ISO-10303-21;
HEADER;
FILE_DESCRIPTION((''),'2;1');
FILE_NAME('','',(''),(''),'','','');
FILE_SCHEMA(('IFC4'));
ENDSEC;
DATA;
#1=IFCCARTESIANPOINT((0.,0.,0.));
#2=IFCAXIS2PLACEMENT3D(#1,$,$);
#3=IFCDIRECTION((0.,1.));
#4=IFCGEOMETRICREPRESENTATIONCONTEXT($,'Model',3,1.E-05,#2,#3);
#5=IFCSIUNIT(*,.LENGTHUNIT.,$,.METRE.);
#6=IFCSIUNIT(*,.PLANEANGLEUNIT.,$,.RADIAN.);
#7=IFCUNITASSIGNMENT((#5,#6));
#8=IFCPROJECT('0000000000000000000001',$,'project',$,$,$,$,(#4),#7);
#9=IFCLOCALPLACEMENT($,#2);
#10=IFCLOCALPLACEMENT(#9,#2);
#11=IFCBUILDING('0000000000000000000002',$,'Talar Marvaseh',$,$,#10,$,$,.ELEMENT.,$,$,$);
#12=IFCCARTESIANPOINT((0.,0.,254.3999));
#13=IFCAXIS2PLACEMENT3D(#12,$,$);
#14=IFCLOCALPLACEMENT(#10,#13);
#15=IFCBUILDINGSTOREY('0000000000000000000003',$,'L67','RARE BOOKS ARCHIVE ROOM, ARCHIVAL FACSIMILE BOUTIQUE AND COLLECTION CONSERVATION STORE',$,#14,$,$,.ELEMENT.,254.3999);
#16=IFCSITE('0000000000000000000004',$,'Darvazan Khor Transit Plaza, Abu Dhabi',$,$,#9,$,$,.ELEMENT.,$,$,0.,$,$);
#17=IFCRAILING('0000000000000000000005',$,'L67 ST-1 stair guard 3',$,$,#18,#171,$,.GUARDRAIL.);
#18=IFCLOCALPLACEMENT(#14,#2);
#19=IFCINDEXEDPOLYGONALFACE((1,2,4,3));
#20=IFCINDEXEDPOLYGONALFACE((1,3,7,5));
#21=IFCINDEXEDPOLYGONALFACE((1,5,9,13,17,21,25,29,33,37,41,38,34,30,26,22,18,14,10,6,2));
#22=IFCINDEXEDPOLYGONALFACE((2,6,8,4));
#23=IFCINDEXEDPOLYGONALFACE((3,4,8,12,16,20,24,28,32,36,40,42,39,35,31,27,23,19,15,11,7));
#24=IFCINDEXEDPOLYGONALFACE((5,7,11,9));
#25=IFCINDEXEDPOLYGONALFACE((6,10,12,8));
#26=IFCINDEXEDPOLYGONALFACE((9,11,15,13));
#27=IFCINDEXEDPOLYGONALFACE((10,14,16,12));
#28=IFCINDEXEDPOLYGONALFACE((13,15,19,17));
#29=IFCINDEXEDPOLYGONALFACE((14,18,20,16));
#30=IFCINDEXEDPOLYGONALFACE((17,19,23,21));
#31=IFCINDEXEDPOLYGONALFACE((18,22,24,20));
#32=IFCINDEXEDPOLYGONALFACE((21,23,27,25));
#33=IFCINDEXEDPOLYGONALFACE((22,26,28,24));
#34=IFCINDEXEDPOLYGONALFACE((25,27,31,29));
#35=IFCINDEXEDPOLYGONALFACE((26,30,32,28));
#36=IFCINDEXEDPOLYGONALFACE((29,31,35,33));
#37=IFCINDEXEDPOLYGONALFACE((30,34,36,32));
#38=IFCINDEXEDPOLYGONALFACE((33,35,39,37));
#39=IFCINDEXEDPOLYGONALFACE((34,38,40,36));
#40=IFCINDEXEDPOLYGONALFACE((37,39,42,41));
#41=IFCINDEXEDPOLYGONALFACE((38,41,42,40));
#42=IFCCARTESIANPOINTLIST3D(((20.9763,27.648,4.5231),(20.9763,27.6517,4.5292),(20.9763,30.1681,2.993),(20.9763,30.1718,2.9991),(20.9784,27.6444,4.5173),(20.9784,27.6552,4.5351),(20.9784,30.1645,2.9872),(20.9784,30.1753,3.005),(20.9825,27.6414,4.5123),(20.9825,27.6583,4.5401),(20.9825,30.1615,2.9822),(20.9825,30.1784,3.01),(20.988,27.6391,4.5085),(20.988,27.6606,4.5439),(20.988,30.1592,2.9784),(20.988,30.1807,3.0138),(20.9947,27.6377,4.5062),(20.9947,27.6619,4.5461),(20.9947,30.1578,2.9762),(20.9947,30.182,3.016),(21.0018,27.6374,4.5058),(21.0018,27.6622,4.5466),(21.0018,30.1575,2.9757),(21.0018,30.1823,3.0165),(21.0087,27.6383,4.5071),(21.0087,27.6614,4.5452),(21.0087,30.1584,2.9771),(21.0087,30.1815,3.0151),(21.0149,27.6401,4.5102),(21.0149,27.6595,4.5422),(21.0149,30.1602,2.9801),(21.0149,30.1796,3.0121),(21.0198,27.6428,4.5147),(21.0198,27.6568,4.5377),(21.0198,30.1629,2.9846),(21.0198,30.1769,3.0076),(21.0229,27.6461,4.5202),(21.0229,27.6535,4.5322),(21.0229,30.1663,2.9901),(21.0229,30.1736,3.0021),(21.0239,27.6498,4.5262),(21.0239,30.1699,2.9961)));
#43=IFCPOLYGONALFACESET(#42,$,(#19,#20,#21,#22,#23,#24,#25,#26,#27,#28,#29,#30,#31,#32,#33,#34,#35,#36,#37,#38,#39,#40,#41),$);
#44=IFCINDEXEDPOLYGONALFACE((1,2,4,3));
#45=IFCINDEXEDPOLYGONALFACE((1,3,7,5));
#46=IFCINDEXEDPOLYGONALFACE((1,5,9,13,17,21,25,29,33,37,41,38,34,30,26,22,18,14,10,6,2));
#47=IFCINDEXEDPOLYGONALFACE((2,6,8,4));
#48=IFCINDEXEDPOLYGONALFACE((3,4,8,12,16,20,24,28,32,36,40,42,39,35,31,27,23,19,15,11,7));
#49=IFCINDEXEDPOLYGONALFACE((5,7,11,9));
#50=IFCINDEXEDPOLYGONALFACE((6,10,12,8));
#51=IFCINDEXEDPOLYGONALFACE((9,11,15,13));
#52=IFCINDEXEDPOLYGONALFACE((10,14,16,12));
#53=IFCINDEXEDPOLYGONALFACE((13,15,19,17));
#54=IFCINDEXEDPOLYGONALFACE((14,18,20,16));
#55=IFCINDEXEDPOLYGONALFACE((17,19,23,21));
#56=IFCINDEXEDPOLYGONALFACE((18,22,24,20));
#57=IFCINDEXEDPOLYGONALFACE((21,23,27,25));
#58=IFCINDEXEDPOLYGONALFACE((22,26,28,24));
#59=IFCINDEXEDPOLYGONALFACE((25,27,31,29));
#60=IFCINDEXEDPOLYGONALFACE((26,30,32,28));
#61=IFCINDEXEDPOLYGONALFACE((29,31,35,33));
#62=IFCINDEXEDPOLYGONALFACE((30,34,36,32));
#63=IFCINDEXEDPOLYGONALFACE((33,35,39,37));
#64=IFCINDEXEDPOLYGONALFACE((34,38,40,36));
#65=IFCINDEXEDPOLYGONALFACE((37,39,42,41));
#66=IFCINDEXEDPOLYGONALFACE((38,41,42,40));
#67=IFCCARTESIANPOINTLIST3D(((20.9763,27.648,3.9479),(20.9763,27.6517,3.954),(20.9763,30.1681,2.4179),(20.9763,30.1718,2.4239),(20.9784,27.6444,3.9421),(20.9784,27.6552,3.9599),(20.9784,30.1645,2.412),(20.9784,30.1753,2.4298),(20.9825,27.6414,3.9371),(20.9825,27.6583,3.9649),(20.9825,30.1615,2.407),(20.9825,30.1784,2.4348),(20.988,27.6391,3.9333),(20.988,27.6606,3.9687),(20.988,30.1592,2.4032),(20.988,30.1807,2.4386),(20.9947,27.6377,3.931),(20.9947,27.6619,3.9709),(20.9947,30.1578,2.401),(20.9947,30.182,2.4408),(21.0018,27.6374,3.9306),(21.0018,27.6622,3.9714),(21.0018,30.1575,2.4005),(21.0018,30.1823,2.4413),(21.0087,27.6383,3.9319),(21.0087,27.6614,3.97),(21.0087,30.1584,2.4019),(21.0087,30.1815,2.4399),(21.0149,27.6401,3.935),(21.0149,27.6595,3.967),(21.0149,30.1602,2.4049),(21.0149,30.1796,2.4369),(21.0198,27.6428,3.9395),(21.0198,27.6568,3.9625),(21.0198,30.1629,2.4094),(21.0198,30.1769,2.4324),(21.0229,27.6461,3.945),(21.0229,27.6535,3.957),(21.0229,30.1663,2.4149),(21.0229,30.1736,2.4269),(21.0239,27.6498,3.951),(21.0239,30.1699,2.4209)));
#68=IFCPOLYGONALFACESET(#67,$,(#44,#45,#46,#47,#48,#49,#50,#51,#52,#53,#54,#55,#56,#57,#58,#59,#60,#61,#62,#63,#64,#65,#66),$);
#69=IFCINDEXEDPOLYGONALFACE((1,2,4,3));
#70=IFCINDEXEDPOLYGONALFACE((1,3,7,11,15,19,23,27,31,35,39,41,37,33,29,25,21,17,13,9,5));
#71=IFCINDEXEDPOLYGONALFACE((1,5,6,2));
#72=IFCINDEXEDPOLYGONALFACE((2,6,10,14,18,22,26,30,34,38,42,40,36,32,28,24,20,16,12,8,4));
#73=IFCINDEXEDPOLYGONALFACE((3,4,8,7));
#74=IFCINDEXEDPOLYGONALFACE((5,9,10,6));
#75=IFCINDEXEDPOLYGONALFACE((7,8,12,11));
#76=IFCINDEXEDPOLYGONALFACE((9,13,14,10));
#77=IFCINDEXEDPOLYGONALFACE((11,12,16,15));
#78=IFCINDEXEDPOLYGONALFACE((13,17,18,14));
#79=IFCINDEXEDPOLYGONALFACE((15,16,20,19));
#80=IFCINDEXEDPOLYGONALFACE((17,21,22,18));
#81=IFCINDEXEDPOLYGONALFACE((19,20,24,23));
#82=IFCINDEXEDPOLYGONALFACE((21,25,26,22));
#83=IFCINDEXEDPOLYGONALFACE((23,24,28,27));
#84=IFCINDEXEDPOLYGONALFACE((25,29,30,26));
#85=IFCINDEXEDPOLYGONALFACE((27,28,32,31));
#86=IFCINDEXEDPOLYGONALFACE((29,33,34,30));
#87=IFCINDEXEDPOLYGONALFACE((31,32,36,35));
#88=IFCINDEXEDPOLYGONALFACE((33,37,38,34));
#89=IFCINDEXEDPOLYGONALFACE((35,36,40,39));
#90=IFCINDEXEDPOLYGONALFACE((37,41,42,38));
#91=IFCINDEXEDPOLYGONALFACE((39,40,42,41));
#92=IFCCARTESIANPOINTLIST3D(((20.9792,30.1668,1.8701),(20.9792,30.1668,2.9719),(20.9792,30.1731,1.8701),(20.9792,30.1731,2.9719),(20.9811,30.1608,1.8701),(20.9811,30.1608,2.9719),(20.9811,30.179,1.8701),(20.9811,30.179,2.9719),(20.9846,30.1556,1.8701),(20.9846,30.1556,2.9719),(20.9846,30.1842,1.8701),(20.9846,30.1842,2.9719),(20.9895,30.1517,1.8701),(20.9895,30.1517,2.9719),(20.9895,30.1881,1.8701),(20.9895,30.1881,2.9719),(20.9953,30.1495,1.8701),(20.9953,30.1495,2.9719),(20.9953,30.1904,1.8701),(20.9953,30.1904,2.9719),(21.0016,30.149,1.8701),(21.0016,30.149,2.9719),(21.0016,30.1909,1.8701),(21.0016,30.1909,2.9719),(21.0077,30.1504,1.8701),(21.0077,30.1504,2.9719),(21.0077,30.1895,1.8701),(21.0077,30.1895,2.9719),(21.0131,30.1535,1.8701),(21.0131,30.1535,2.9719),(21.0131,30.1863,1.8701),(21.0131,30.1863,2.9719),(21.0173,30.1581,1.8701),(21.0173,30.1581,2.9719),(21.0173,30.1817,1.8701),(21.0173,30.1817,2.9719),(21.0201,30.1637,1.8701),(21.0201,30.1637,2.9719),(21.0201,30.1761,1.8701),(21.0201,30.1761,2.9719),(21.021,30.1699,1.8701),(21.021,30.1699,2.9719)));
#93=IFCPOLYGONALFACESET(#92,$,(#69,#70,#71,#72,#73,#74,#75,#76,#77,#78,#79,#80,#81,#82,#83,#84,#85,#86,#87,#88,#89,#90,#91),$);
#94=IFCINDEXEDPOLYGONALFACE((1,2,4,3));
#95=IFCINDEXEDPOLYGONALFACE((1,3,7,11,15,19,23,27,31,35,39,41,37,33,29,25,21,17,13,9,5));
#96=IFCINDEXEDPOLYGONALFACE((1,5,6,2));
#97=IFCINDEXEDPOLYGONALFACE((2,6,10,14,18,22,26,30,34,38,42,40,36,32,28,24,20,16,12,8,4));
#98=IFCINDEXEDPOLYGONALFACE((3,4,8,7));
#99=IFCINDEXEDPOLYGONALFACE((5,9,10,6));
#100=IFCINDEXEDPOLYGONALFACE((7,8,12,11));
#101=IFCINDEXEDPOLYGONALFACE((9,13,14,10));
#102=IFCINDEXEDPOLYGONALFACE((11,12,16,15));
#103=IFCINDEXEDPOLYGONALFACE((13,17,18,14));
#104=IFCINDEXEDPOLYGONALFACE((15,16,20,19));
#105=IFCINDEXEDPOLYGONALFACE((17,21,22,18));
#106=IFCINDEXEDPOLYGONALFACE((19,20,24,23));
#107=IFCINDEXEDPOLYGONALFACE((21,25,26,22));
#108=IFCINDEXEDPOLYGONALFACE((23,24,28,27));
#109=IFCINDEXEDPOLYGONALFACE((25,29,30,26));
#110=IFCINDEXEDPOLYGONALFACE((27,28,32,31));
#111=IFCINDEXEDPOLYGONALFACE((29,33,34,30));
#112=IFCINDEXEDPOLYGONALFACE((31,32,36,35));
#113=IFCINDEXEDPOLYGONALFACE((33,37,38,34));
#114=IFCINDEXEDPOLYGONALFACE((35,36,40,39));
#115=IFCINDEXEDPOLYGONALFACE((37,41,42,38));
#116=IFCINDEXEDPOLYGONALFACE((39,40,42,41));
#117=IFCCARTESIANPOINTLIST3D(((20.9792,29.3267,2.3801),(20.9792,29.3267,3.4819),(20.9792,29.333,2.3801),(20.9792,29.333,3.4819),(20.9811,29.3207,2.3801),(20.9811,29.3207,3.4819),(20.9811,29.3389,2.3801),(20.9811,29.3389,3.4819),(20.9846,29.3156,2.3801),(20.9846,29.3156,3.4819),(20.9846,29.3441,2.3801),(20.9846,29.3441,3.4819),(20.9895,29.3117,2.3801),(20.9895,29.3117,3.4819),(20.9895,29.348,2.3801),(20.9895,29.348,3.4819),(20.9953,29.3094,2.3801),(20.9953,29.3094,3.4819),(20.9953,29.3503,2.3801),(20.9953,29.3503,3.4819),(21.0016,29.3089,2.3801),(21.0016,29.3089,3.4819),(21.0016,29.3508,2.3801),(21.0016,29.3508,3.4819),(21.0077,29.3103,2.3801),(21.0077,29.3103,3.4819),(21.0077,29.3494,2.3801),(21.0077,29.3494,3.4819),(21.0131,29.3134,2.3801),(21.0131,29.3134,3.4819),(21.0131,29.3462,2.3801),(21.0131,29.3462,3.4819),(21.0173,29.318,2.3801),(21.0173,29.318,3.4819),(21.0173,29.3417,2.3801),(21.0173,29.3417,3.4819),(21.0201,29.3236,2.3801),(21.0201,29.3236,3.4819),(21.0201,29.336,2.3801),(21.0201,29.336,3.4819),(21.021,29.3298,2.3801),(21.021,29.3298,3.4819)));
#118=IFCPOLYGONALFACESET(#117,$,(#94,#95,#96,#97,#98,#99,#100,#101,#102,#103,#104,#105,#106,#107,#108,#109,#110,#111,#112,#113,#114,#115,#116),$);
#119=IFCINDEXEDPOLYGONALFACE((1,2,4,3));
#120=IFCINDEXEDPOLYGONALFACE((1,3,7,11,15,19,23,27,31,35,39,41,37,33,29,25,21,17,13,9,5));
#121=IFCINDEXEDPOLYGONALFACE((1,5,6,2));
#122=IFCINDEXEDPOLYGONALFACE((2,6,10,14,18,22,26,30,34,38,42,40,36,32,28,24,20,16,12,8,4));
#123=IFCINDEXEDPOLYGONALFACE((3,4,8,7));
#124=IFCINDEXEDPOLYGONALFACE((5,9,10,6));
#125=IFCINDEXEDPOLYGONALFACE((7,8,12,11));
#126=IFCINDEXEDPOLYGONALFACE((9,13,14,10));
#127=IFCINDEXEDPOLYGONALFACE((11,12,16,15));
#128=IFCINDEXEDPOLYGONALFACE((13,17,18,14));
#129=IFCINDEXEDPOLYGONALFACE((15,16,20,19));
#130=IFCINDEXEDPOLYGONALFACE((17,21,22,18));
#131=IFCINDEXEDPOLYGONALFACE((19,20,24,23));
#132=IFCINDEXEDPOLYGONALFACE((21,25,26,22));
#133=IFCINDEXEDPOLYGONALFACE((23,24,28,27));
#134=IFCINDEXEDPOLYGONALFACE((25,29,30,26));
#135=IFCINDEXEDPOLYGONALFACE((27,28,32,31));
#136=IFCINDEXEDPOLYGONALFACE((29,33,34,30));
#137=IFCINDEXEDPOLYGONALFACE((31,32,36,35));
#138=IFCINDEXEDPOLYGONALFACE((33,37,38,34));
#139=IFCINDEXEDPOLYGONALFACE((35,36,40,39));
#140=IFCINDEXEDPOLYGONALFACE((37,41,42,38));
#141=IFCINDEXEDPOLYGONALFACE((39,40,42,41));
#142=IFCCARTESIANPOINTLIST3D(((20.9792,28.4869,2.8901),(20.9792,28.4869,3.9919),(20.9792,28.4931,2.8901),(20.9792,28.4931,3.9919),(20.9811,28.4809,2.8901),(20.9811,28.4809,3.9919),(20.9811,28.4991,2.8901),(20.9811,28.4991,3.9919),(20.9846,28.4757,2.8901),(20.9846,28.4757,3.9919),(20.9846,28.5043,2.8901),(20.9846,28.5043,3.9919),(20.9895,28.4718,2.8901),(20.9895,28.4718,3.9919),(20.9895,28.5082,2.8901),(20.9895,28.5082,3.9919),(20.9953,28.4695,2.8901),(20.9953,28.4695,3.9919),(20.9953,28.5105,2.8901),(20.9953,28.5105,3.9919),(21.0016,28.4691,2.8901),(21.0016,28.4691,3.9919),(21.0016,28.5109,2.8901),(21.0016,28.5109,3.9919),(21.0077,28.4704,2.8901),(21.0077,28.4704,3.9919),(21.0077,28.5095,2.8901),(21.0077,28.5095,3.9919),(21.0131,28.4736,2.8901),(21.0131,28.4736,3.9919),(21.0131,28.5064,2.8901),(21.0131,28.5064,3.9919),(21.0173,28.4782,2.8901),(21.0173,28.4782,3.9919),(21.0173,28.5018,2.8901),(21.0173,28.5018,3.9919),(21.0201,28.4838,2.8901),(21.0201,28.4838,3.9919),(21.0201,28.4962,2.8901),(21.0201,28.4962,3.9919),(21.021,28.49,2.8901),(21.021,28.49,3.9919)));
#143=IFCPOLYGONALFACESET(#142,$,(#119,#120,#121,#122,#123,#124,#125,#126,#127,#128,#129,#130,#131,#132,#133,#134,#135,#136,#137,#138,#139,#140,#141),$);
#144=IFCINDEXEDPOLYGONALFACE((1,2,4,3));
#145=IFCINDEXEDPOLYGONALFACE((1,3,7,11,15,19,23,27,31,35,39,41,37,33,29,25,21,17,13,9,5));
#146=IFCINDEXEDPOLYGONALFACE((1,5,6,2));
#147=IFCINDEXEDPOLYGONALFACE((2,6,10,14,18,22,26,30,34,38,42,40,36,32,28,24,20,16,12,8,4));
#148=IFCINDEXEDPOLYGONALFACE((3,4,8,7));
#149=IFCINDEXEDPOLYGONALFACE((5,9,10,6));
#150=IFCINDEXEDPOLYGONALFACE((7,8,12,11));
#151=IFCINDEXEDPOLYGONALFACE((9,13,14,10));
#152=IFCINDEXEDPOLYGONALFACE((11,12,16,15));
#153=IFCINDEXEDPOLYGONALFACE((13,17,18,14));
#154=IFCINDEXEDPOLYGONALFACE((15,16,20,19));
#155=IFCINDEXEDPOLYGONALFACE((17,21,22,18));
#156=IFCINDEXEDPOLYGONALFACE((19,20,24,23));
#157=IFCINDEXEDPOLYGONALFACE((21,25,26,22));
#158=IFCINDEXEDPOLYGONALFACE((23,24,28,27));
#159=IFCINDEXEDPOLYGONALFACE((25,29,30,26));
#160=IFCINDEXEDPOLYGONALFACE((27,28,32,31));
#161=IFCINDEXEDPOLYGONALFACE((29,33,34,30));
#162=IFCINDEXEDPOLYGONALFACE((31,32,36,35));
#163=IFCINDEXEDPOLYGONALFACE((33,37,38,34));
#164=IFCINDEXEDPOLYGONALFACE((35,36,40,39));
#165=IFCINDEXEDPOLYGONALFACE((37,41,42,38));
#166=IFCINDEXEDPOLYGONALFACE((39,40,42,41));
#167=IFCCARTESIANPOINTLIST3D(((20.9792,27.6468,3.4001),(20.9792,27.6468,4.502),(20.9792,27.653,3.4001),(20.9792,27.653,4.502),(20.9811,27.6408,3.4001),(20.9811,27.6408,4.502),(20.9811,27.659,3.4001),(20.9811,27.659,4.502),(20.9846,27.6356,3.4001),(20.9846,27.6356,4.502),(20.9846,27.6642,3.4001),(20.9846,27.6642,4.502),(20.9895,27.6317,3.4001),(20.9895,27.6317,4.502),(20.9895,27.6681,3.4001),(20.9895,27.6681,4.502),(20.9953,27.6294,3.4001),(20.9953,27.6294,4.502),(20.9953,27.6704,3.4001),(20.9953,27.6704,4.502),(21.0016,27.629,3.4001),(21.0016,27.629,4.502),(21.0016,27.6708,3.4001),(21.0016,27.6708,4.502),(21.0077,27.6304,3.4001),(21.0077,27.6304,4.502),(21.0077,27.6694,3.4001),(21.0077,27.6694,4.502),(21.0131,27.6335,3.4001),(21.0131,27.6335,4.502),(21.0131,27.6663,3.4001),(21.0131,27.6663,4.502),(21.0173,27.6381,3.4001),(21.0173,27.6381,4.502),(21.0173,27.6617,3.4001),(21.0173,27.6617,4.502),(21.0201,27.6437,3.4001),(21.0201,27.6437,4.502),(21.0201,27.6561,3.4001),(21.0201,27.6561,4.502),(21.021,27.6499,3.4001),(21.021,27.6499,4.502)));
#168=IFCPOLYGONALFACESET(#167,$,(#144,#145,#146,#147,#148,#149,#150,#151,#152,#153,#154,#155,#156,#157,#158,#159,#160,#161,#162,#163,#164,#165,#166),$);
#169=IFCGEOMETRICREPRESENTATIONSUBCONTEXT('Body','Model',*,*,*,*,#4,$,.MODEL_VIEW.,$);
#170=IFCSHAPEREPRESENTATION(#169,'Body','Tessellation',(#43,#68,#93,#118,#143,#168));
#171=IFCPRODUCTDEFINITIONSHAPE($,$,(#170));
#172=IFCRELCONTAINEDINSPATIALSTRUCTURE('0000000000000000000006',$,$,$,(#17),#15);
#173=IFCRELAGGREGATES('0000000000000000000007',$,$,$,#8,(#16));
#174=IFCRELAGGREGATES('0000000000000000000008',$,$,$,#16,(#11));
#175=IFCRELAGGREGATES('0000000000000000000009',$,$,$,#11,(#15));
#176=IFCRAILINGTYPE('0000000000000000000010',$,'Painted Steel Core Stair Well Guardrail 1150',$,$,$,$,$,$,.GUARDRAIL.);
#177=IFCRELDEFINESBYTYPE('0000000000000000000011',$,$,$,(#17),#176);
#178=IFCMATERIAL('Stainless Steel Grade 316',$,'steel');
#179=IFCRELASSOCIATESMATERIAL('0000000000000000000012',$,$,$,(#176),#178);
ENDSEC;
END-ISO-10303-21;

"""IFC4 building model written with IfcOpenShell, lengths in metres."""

from ifc_helpers import new_model, si_unit, direction, frame, origin, origin_2d, place, context, subcontext, project, spatial, circle, extrude, material, type_object, element, save


model = new_model("IFC4")

# Units and contexts
model_context = context("Model", 3, precision=1e-05, world=origin(), true_north=direction((0.0, 1.0)))
body_context = subcontext(model_context, "Body", "Model", "MODEL_VIEW")
ifc_project = project(units=[si_unit("LENGTHUNIT", "METRE"), si_unit("PLANEANGLEUNIT", "RADIAN")], contexts=[model_context])

# Site, building, storey
site_placement = place(None, origin())
site = spatial("IfcSite", under=ifc_project, at=site_placement, Name="Darvazan Khor Transit Plaza, Abu Dhabi", CompositionType="ELEMENT", RefElevation=0.0)
building_placement = place(site_placement, origin())
building = spatial("IfcBuilding", under=site, at=building_placement, Name="Talar Marvaseh", CompositionType="ELEMENT")
storey_placement = place(building_placement, frame((0.0, 0.0, 254.3999)))
storey = spatial("IfcBuildingStorey", under=building, at=storey_placement, Name="L67", Description="RARE BOOKS ARCHIVE ROOM, ARCHIVAL FACSIMILE BOUTIQUE AND COLLECTION CONSERVATION STORE", CompositionType="ELEMENT", Elevation=254.3999)

# Railing
ifc_material_1 = material(Name="Stainless Steel Grade 316", Category="steel")
railing_type_1 = type_object("IfcRailingType", Name="Painted Steel Core Stair Well Guardrail 1150", PredefinedType="GUARDRAIL", material=ifc_material_1)
railing_1_placement = place(storey_placement, frame((21.0, 30.1699, 1.8701)))
element("IfcRailing", 1, at=railing_1_placement, inside=storey, type_object=railing_type_1, Name="L67 ST-1 stair guard 3", PredefinedType="GUARDRAIL", context=body_context, shape_type="SweptSolid", body=[
    extrude(circle(Radius=0.0239, at=origin_2d()), frame((0.0, 0.0, 1.126), z_axis=(0.0, -0.854785, 0.518982), x_axis=(1.0, 0.0, 0.0)), (0.0, 0.0, 1.0), 2.9482),
    extrude(circle(Radius=0.0239, at=origin_2d()), frame((0.0, 0.0, 0.5508), z_axis=(0.0, -0.854785, 0.518982), x_axis=(1.0, 0.0, 0.0)), (0.0, 0.0, 1.0), 2.9482),
    extrude(circle(Radius=0.021, at=origin_2d()), origin(), (0.0, 0.0, 1.0), 1.1018),
    extrude(circle(Radius=0.021, at=origin_2d()), frame((0.0, -0.8401, 0.51)), (0.0, 0.0, 1.0), 1.1018),
    extrude(circle(Radius=0.021, at=origin_2d()), frame((0.0, -1.6799, 1.02)), (0.0, 0.0, 1.0), 1.1018),
    extrude(circle(Radius=0.021, at=origin_2d()), frame((0.0, -2.52, 1.53)), (0.0, 0.0, 1.0), 1.1018),
])

save(model, "model.ifc")
